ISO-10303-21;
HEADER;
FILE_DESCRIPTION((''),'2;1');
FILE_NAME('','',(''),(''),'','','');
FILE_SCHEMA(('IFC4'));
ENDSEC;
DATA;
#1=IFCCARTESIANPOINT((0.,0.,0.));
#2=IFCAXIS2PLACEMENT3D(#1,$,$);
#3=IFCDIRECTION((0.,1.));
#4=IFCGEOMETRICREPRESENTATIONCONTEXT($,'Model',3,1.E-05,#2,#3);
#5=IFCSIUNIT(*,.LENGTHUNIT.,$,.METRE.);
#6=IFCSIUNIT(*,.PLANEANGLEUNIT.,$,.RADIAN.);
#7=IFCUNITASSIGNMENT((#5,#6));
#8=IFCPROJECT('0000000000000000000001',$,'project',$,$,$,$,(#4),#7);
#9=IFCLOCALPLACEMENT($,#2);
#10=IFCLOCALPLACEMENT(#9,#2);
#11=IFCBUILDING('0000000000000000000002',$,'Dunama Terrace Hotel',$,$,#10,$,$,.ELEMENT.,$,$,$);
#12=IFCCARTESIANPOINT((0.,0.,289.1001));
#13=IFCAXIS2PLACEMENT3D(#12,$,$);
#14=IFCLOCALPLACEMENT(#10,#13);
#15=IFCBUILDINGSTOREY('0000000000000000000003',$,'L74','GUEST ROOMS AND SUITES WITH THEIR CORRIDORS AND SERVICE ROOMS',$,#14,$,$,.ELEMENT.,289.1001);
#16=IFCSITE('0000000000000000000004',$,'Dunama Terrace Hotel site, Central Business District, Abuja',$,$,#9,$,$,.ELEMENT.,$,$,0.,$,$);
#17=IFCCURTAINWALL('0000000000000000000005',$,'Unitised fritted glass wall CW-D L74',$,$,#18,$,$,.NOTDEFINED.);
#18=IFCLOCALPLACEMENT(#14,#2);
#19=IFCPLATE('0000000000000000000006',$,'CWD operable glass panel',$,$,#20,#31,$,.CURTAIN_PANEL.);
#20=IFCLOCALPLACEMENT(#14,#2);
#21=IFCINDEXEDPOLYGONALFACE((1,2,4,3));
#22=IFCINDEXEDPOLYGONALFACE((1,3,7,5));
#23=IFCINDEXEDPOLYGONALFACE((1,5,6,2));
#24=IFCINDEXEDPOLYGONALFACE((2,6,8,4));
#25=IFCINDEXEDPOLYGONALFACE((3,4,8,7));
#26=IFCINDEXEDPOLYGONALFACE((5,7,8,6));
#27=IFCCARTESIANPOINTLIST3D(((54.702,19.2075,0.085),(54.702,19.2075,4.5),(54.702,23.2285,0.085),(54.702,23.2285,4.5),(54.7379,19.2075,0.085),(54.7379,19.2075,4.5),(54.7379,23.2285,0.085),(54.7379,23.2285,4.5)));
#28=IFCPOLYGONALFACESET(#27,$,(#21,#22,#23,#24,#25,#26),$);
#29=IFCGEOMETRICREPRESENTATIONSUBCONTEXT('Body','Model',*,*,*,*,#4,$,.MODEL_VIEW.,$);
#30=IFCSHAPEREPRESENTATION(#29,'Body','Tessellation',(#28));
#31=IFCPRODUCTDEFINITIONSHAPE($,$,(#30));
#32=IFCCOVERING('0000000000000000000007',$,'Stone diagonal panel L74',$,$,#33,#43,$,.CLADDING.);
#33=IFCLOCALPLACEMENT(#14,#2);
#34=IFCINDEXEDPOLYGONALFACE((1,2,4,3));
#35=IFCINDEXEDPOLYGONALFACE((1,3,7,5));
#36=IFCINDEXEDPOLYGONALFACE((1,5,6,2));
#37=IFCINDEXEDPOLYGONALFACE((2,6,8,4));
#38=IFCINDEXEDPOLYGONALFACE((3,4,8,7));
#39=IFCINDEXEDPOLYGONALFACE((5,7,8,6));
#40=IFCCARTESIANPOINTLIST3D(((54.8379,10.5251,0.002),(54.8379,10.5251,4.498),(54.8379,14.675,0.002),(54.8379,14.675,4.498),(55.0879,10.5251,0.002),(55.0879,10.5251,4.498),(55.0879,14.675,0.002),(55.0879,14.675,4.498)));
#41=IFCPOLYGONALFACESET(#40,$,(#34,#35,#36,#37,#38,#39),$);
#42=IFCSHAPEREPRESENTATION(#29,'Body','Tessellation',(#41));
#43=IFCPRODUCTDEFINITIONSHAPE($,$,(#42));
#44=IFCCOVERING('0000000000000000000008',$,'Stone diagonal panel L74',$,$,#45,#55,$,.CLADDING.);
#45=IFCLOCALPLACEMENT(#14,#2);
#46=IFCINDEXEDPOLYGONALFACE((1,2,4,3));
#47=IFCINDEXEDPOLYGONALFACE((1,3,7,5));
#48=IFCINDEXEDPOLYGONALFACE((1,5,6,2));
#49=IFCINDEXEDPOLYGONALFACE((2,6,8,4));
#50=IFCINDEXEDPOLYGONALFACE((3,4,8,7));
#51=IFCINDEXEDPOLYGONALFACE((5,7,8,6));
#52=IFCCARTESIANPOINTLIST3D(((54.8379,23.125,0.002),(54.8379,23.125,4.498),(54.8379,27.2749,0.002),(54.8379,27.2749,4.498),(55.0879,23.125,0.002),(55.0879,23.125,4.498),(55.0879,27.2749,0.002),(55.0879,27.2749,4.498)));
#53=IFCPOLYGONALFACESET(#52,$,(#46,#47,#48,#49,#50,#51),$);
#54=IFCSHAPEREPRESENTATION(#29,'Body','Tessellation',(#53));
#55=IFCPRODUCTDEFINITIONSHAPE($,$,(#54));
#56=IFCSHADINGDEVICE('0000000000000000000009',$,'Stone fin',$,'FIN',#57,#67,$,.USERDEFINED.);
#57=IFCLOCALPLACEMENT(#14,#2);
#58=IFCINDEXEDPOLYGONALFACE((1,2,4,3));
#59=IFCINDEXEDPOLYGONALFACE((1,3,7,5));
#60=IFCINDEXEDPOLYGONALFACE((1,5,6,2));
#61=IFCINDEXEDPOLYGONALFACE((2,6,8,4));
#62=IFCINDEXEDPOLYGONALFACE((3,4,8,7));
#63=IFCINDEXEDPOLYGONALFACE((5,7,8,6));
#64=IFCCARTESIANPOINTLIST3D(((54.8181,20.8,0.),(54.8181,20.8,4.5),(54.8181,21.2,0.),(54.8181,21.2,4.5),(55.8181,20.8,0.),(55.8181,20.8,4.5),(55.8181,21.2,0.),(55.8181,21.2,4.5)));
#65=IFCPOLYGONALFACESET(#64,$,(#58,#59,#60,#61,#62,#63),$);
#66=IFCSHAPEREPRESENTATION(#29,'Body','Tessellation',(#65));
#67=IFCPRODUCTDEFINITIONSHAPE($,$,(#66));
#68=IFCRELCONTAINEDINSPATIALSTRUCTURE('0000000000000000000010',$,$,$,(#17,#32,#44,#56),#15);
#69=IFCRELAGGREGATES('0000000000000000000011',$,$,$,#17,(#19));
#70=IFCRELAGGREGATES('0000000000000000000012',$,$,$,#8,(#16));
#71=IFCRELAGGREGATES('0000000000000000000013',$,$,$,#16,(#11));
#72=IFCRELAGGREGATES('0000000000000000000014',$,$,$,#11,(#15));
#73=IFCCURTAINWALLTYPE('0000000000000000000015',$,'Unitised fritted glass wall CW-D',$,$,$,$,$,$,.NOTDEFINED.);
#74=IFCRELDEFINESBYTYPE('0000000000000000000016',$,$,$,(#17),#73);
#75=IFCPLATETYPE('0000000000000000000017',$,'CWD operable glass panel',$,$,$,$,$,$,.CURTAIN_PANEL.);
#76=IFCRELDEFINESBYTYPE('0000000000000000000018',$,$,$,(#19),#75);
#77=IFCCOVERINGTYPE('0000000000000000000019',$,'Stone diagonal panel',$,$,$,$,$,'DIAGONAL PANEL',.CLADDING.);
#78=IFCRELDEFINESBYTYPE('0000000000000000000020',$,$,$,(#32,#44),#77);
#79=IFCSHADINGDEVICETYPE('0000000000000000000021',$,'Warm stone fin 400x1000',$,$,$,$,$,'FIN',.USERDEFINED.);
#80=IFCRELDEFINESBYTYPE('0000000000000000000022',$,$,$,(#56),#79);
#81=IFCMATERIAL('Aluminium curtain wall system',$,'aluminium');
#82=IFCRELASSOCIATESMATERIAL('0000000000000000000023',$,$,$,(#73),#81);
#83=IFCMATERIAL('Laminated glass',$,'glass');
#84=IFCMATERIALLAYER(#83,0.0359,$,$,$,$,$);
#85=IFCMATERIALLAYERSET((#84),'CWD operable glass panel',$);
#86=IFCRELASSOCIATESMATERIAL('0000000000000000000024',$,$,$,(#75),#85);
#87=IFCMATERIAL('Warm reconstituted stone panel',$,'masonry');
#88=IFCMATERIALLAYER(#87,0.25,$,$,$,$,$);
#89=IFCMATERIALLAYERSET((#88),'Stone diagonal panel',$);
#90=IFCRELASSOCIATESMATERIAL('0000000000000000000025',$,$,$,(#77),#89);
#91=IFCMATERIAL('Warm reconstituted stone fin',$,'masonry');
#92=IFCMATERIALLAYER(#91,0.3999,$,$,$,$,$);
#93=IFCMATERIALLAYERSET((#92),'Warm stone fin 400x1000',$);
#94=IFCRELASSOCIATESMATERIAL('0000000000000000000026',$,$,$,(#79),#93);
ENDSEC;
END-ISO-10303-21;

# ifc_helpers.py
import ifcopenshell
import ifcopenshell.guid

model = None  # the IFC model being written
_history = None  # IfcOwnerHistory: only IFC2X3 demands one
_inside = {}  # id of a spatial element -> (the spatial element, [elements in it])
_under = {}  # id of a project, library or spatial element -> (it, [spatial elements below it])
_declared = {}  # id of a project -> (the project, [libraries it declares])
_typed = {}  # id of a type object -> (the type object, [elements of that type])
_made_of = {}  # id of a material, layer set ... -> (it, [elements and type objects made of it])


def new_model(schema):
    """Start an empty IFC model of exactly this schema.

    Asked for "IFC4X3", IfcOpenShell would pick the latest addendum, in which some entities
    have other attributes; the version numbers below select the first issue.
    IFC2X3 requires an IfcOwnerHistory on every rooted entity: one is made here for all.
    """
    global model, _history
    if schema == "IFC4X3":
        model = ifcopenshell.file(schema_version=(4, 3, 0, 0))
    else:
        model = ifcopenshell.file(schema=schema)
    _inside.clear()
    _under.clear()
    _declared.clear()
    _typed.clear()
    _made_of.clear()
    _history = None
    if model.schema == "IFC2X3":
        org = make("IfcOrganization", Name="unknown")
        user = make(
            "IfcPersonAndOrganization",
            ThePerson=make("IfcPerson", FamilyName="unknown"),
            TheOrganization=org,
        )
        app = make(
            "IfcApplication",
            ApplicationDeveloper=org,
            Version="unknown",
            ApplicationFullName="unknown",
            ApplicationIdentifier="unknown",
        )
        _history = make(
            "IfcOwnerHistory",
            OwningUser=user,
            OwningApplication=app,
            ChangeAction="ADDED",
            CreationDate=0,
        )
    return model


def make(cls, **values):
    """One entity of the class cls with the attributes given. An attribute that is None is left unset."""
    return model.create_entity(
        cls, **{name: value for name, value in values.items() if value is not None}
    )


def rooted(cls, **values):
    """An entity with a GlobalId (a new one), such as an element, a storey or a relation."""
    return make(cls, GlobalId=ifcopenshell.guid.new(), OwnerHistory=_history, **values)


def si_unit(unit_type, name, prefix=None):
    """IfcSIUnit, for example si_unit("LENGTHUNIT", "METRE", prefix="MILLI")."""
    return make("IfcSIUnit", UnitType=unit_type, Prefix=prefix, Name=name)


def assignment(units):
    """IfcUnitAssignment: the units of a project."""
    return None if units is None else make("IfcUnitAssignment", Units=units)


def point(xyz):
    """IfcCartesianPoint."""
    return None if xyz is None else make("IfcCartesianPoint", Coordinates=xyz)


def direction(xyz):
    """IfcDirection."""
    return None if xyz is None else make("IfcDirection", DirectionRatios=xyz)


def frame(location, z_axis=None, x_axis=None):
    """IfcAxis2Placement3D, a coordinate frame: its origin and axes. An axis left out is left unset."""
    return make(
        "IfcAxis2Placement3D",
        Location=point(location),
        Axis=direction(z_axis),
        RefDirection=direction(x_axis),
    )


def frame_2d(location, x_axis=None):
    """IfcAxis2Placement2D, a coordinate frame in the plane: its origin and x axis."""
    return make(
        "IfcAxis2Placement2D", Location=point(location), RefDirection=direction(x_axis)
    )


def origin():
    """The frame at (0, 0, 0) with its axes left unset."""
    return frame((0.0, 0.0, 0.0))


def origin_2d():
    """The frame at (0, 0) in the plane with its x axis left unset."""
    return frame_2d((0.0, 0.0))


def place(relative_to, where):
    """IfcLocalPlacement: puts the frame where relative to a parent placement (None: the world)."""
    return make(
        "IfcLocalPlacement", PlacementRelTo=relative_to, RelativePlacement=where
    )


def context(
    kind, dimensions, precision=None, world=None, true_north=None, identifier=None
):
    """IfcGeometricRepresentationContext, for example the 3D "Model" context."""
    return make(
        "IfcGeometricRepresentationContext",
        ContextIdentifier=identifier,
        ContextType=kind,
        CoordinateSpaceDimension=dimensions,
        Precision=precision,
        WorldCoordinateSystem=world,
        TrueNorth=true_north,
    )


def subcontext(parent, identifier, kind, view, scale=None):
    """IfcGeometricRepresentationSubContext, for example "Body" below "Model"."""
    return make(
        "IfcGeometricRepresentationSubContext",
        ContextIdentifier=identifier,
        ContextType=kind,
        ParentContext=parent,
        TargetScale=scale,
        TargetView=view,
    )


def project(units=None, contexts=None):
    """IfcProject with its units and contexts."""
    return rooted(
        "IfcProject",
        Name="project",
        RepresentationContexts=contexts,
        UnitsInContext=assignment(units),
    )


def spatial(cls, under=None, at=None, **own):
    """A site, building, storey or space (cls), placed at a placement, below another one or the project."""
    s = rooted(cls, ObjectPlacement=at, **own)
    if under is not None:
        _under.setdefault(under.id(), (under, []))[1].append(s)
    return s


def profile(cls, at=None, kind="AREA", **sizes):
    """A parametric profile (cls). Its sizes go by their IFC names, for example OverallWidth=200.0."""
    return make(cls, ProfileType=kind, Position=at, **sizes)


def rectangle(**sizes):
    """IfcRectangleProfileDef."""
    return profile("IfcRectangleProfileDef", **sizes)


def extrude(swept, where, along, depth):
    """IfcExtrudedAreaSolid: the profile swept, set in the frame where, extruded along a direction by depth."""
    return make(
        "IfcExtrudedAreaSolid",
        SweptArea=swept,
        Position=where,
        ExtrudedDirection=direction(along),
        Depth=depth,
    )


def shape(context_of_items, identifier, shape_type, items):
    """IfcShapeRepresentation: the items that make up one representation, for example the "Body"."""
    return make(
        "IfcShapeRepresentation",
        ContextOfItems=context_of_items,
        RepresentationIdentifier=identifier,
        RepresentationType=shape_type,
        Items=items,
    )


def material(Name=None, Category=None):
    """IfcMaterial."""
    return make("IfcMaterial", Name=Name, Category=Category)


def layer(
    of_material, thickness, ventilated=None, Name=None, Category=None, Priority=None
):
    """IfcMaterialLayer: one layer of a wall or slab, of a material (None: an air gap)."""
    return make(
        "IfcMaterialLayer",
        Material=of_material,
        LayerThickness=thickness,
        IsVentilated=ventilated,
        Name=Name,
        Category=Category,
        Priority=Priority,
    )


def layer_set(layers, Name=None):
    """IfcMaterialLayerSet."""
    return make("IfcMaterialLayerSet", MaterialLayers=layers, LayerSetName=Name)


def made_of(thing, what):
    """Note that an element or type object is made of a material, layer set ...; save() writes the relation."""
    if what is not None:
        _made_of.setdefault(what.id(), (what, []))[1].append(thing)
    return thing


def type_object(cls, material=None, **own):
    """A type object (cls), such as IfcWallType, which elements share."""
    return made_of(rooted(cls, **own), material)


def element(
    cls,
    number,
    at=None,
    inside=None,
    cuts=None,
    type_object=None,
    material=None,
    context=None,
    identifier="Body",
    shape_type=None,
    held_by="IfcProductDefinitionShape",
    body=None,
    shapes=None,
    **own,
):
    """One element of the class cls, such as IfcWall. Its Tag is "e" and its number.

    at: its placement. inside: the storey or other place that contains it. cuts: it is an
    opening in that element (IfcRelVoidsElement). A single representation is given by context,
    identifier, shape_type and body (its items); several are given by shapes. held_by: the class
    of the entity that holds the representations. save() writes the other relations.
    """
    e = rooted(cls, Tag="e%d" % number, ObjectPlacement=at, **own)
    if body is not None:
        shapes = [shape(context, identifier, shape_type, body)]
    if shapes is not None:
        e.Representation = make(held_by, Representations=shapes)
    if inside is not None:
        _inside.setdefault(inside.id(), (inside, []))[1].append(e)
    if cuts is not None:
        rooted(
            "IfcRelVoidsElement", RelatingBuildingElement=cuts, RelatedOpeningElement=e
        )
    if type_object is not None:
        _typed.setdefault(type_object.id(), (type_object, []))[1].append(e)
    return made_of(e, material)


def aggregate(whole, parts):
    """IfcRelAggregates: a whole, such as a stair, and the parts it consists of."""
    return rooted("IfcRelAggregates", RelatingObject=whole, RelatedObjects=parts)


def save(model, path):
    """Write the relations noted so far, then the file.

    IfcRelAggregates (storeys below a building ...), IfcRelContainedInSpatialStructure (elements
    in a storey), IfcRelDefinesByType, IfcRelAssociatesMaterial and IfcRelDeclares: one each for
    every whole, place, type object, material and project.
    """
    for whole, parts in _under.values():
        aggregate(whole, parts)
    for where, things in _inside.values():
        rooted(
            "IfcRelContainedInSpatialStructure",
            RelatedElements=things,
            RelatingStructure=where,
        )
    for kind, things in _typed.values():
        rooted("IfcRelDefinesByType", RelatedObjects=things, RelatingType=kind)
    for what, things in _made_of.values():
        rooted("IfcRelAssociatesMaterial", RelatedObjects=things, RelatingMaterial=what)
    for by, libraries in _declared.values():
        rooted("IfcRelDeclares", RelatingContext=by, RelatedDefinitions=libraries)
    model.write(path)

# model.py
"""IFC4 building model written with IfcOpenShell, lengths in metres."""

from ifc_helpers import new_model, si_unit, direction, frame, origin, origin_2d, place, context, subcontext, project, spatial, rectangle, extrude, material, layer, layer_set, type_object, element, aggregate, save


model = new_model("IFC4")

# Units and contexts
model_context = context("Model", 3, precision=1e-05, world=origin(), true_north=direction((0.0, 1.0)))
body_context = subcontext(model_context, "Body", "Model", "MODEL_VIEW")
ifc_project = project(units=[si_unit("LENGTHUNIT", "METRE"), si_unit("PLANEANGLEUNIT", "RADIAN")], contexts=[model_context])

# Site, building, storey
site_placement = place(None, origin())
site = spatial("IfcSite", under=ifc_project, at=site_placement, Name="Dunama Terrace Hotel site, Central Business District, Abuja", CompositionType="ELEMENT", RefElevation=0.0)
building_placement = place(site_placement, origin())
building = spatial("IfcBuilding", under=site, at=building_placement, Name="Dunama Terrace Hotel", CompositionType="ELEMENT")
storey_placement = place(building_placement, frame((0.0, 0.0, 289.1001)))
storey = spatial("IfcBuildingStorey", under=building, at=storey_placement, Name="L74", Description="GUEST ROOMS AND SUITES WITH THEIR CORRIDORS AND SERVICE ROOMS", CompositionType="ELEMENT", Elevation=289.1001)

# Curtain wall, plate
ifc_material_1 = material(Name="Aluminium curtain wall system", Category="aluminium")
curtain_wall_type = type_object("IfcCurtainWallType", Name="Unitised fritted glass wall CW-D", PredefinedType="NOTDEFINED", material=ifc_material_1)
curtain_wall_placement = place(storey_placement, origin())
curtain_wall = element("IfcCurtainWall", 1, at=curtain_wall_placement, inside=storey, type_object=curtain_wall_type, Name="Unitised fritted glass wall CW-D L74", PredefinedType="NOTDEFINED")
ifc_material_2 = material(Name="Laminated glass", Category="glass")
ifc_layer_1 = layer(ifc_material_2, 0.0359)
ifc_layer_set_1 = layer_set([ifc_layer_1], Name="CWD operable glass panel")
plate_type_1 = type_object("IfcPlateType", Name="CWD operable glass panel", PredefinedType="CURTAIN_PANEL", material=ifc_layer_set_1)
plate_1_placement = place(storey_placement, frame((54.72, 21.218, 0.085), z_axis=(0.0, 0.0, 1.0), x_axis=(0.0, 1.0, 0.0)))
plate_1 = element("IfcPlate", 2, at=plate_1_placement, type_object=plate_type_1, Name="CWD operable glass panel", PredefinedType="CURTAIN_PANEL", context=body_context, shape_type="SweptSolid", body=[
    extrude(rectangle(XDim=4.021, YDim=0.0359, at=origin_2d()), origin(), (0.0, 0.0, 1.0), 4.415),
])
aggregate(curtain_wall, [plate_1])

# Coverings
ifc_material_3 = material(Name="Warm reconstituted stone panel", Category="masonry")
ifc_layer_2 = layer(ifc_material_3, 0.25)
ifc_layer_set_2 = layer_set([ifc_layer_2], Name="Stone diagonal panel")
covering_type = type_object("IfcCoveringType", Name="Stone diagonal panel", ElementType="DIAGONAL PANEL", PredefinedType="CLADDING", material=ifc_layer_set_2)
for number, where, z_axis, x_axis, name in (
    (3, (54.9629, 12.6001, 0.002), (0.0, 0.0, 1.0), (0.0, 1.0, 0.0), "Stone diagonal panel L74"),
    (4, (54.9629, 25.2, 0.002), (0.0, 0.0, 1.0), (0.0, 1.0, 0.0), "Stone diagonal panel L74"),
):
    element("IfcCovering", number, at=place(storey_placement, frame(where, z_axis=z_axis, x_axis=x_axis)), inside=storey, type_object=covering_type, Name=name, PredefinedType="CLADDING", context=body_context, shape_type="SweptSolid", body=[
        extrude(rectangle(XDim=4.1499, YDim=0.25, at=origin_2d()), origin(), (0.0, 0.0, 1.0), 4.4961),
    ])

# Shading device
ifc_material_4 = material(Name="Warm reconstituted stone fin", Category="masonry")
ifc_layer_3 = layer(ifc_material_4, 0.3999)
ifc_layer_set_3 = layer_set([ifc_layer_3], Name="Warm stone fin 400x1000")
shading_device_type = type_object("IfcShadingDeviceType", Name="Warm stone fin 400x1000", ElementType="FIN", PredefinedType="USERDEFINED", material=ifc_layer_set_3)
shading_device_placement = place(storey_placement, frame((55.3181, 21.0, 0.0), z_axis=(0.0, 0.0, 1.0), x_axis=(0.0, 1.0, 0.0)))
element("IfcShadingDevice", 5, at=shading_device_placement, inside=storey, type_object=shading_device_type, Name="Stone fin", ObjectType="FIN", PredefinedType="USERDEFINED", context=body_context, shape_type="SweptSolid", body=[
    extrude(rectangle(XDim=0.3999, YDim=1.0, at=origin_2d()), origin(), (0.0, 0.0, 1.0), 4.5),
])

save(model, "model.ifc")
